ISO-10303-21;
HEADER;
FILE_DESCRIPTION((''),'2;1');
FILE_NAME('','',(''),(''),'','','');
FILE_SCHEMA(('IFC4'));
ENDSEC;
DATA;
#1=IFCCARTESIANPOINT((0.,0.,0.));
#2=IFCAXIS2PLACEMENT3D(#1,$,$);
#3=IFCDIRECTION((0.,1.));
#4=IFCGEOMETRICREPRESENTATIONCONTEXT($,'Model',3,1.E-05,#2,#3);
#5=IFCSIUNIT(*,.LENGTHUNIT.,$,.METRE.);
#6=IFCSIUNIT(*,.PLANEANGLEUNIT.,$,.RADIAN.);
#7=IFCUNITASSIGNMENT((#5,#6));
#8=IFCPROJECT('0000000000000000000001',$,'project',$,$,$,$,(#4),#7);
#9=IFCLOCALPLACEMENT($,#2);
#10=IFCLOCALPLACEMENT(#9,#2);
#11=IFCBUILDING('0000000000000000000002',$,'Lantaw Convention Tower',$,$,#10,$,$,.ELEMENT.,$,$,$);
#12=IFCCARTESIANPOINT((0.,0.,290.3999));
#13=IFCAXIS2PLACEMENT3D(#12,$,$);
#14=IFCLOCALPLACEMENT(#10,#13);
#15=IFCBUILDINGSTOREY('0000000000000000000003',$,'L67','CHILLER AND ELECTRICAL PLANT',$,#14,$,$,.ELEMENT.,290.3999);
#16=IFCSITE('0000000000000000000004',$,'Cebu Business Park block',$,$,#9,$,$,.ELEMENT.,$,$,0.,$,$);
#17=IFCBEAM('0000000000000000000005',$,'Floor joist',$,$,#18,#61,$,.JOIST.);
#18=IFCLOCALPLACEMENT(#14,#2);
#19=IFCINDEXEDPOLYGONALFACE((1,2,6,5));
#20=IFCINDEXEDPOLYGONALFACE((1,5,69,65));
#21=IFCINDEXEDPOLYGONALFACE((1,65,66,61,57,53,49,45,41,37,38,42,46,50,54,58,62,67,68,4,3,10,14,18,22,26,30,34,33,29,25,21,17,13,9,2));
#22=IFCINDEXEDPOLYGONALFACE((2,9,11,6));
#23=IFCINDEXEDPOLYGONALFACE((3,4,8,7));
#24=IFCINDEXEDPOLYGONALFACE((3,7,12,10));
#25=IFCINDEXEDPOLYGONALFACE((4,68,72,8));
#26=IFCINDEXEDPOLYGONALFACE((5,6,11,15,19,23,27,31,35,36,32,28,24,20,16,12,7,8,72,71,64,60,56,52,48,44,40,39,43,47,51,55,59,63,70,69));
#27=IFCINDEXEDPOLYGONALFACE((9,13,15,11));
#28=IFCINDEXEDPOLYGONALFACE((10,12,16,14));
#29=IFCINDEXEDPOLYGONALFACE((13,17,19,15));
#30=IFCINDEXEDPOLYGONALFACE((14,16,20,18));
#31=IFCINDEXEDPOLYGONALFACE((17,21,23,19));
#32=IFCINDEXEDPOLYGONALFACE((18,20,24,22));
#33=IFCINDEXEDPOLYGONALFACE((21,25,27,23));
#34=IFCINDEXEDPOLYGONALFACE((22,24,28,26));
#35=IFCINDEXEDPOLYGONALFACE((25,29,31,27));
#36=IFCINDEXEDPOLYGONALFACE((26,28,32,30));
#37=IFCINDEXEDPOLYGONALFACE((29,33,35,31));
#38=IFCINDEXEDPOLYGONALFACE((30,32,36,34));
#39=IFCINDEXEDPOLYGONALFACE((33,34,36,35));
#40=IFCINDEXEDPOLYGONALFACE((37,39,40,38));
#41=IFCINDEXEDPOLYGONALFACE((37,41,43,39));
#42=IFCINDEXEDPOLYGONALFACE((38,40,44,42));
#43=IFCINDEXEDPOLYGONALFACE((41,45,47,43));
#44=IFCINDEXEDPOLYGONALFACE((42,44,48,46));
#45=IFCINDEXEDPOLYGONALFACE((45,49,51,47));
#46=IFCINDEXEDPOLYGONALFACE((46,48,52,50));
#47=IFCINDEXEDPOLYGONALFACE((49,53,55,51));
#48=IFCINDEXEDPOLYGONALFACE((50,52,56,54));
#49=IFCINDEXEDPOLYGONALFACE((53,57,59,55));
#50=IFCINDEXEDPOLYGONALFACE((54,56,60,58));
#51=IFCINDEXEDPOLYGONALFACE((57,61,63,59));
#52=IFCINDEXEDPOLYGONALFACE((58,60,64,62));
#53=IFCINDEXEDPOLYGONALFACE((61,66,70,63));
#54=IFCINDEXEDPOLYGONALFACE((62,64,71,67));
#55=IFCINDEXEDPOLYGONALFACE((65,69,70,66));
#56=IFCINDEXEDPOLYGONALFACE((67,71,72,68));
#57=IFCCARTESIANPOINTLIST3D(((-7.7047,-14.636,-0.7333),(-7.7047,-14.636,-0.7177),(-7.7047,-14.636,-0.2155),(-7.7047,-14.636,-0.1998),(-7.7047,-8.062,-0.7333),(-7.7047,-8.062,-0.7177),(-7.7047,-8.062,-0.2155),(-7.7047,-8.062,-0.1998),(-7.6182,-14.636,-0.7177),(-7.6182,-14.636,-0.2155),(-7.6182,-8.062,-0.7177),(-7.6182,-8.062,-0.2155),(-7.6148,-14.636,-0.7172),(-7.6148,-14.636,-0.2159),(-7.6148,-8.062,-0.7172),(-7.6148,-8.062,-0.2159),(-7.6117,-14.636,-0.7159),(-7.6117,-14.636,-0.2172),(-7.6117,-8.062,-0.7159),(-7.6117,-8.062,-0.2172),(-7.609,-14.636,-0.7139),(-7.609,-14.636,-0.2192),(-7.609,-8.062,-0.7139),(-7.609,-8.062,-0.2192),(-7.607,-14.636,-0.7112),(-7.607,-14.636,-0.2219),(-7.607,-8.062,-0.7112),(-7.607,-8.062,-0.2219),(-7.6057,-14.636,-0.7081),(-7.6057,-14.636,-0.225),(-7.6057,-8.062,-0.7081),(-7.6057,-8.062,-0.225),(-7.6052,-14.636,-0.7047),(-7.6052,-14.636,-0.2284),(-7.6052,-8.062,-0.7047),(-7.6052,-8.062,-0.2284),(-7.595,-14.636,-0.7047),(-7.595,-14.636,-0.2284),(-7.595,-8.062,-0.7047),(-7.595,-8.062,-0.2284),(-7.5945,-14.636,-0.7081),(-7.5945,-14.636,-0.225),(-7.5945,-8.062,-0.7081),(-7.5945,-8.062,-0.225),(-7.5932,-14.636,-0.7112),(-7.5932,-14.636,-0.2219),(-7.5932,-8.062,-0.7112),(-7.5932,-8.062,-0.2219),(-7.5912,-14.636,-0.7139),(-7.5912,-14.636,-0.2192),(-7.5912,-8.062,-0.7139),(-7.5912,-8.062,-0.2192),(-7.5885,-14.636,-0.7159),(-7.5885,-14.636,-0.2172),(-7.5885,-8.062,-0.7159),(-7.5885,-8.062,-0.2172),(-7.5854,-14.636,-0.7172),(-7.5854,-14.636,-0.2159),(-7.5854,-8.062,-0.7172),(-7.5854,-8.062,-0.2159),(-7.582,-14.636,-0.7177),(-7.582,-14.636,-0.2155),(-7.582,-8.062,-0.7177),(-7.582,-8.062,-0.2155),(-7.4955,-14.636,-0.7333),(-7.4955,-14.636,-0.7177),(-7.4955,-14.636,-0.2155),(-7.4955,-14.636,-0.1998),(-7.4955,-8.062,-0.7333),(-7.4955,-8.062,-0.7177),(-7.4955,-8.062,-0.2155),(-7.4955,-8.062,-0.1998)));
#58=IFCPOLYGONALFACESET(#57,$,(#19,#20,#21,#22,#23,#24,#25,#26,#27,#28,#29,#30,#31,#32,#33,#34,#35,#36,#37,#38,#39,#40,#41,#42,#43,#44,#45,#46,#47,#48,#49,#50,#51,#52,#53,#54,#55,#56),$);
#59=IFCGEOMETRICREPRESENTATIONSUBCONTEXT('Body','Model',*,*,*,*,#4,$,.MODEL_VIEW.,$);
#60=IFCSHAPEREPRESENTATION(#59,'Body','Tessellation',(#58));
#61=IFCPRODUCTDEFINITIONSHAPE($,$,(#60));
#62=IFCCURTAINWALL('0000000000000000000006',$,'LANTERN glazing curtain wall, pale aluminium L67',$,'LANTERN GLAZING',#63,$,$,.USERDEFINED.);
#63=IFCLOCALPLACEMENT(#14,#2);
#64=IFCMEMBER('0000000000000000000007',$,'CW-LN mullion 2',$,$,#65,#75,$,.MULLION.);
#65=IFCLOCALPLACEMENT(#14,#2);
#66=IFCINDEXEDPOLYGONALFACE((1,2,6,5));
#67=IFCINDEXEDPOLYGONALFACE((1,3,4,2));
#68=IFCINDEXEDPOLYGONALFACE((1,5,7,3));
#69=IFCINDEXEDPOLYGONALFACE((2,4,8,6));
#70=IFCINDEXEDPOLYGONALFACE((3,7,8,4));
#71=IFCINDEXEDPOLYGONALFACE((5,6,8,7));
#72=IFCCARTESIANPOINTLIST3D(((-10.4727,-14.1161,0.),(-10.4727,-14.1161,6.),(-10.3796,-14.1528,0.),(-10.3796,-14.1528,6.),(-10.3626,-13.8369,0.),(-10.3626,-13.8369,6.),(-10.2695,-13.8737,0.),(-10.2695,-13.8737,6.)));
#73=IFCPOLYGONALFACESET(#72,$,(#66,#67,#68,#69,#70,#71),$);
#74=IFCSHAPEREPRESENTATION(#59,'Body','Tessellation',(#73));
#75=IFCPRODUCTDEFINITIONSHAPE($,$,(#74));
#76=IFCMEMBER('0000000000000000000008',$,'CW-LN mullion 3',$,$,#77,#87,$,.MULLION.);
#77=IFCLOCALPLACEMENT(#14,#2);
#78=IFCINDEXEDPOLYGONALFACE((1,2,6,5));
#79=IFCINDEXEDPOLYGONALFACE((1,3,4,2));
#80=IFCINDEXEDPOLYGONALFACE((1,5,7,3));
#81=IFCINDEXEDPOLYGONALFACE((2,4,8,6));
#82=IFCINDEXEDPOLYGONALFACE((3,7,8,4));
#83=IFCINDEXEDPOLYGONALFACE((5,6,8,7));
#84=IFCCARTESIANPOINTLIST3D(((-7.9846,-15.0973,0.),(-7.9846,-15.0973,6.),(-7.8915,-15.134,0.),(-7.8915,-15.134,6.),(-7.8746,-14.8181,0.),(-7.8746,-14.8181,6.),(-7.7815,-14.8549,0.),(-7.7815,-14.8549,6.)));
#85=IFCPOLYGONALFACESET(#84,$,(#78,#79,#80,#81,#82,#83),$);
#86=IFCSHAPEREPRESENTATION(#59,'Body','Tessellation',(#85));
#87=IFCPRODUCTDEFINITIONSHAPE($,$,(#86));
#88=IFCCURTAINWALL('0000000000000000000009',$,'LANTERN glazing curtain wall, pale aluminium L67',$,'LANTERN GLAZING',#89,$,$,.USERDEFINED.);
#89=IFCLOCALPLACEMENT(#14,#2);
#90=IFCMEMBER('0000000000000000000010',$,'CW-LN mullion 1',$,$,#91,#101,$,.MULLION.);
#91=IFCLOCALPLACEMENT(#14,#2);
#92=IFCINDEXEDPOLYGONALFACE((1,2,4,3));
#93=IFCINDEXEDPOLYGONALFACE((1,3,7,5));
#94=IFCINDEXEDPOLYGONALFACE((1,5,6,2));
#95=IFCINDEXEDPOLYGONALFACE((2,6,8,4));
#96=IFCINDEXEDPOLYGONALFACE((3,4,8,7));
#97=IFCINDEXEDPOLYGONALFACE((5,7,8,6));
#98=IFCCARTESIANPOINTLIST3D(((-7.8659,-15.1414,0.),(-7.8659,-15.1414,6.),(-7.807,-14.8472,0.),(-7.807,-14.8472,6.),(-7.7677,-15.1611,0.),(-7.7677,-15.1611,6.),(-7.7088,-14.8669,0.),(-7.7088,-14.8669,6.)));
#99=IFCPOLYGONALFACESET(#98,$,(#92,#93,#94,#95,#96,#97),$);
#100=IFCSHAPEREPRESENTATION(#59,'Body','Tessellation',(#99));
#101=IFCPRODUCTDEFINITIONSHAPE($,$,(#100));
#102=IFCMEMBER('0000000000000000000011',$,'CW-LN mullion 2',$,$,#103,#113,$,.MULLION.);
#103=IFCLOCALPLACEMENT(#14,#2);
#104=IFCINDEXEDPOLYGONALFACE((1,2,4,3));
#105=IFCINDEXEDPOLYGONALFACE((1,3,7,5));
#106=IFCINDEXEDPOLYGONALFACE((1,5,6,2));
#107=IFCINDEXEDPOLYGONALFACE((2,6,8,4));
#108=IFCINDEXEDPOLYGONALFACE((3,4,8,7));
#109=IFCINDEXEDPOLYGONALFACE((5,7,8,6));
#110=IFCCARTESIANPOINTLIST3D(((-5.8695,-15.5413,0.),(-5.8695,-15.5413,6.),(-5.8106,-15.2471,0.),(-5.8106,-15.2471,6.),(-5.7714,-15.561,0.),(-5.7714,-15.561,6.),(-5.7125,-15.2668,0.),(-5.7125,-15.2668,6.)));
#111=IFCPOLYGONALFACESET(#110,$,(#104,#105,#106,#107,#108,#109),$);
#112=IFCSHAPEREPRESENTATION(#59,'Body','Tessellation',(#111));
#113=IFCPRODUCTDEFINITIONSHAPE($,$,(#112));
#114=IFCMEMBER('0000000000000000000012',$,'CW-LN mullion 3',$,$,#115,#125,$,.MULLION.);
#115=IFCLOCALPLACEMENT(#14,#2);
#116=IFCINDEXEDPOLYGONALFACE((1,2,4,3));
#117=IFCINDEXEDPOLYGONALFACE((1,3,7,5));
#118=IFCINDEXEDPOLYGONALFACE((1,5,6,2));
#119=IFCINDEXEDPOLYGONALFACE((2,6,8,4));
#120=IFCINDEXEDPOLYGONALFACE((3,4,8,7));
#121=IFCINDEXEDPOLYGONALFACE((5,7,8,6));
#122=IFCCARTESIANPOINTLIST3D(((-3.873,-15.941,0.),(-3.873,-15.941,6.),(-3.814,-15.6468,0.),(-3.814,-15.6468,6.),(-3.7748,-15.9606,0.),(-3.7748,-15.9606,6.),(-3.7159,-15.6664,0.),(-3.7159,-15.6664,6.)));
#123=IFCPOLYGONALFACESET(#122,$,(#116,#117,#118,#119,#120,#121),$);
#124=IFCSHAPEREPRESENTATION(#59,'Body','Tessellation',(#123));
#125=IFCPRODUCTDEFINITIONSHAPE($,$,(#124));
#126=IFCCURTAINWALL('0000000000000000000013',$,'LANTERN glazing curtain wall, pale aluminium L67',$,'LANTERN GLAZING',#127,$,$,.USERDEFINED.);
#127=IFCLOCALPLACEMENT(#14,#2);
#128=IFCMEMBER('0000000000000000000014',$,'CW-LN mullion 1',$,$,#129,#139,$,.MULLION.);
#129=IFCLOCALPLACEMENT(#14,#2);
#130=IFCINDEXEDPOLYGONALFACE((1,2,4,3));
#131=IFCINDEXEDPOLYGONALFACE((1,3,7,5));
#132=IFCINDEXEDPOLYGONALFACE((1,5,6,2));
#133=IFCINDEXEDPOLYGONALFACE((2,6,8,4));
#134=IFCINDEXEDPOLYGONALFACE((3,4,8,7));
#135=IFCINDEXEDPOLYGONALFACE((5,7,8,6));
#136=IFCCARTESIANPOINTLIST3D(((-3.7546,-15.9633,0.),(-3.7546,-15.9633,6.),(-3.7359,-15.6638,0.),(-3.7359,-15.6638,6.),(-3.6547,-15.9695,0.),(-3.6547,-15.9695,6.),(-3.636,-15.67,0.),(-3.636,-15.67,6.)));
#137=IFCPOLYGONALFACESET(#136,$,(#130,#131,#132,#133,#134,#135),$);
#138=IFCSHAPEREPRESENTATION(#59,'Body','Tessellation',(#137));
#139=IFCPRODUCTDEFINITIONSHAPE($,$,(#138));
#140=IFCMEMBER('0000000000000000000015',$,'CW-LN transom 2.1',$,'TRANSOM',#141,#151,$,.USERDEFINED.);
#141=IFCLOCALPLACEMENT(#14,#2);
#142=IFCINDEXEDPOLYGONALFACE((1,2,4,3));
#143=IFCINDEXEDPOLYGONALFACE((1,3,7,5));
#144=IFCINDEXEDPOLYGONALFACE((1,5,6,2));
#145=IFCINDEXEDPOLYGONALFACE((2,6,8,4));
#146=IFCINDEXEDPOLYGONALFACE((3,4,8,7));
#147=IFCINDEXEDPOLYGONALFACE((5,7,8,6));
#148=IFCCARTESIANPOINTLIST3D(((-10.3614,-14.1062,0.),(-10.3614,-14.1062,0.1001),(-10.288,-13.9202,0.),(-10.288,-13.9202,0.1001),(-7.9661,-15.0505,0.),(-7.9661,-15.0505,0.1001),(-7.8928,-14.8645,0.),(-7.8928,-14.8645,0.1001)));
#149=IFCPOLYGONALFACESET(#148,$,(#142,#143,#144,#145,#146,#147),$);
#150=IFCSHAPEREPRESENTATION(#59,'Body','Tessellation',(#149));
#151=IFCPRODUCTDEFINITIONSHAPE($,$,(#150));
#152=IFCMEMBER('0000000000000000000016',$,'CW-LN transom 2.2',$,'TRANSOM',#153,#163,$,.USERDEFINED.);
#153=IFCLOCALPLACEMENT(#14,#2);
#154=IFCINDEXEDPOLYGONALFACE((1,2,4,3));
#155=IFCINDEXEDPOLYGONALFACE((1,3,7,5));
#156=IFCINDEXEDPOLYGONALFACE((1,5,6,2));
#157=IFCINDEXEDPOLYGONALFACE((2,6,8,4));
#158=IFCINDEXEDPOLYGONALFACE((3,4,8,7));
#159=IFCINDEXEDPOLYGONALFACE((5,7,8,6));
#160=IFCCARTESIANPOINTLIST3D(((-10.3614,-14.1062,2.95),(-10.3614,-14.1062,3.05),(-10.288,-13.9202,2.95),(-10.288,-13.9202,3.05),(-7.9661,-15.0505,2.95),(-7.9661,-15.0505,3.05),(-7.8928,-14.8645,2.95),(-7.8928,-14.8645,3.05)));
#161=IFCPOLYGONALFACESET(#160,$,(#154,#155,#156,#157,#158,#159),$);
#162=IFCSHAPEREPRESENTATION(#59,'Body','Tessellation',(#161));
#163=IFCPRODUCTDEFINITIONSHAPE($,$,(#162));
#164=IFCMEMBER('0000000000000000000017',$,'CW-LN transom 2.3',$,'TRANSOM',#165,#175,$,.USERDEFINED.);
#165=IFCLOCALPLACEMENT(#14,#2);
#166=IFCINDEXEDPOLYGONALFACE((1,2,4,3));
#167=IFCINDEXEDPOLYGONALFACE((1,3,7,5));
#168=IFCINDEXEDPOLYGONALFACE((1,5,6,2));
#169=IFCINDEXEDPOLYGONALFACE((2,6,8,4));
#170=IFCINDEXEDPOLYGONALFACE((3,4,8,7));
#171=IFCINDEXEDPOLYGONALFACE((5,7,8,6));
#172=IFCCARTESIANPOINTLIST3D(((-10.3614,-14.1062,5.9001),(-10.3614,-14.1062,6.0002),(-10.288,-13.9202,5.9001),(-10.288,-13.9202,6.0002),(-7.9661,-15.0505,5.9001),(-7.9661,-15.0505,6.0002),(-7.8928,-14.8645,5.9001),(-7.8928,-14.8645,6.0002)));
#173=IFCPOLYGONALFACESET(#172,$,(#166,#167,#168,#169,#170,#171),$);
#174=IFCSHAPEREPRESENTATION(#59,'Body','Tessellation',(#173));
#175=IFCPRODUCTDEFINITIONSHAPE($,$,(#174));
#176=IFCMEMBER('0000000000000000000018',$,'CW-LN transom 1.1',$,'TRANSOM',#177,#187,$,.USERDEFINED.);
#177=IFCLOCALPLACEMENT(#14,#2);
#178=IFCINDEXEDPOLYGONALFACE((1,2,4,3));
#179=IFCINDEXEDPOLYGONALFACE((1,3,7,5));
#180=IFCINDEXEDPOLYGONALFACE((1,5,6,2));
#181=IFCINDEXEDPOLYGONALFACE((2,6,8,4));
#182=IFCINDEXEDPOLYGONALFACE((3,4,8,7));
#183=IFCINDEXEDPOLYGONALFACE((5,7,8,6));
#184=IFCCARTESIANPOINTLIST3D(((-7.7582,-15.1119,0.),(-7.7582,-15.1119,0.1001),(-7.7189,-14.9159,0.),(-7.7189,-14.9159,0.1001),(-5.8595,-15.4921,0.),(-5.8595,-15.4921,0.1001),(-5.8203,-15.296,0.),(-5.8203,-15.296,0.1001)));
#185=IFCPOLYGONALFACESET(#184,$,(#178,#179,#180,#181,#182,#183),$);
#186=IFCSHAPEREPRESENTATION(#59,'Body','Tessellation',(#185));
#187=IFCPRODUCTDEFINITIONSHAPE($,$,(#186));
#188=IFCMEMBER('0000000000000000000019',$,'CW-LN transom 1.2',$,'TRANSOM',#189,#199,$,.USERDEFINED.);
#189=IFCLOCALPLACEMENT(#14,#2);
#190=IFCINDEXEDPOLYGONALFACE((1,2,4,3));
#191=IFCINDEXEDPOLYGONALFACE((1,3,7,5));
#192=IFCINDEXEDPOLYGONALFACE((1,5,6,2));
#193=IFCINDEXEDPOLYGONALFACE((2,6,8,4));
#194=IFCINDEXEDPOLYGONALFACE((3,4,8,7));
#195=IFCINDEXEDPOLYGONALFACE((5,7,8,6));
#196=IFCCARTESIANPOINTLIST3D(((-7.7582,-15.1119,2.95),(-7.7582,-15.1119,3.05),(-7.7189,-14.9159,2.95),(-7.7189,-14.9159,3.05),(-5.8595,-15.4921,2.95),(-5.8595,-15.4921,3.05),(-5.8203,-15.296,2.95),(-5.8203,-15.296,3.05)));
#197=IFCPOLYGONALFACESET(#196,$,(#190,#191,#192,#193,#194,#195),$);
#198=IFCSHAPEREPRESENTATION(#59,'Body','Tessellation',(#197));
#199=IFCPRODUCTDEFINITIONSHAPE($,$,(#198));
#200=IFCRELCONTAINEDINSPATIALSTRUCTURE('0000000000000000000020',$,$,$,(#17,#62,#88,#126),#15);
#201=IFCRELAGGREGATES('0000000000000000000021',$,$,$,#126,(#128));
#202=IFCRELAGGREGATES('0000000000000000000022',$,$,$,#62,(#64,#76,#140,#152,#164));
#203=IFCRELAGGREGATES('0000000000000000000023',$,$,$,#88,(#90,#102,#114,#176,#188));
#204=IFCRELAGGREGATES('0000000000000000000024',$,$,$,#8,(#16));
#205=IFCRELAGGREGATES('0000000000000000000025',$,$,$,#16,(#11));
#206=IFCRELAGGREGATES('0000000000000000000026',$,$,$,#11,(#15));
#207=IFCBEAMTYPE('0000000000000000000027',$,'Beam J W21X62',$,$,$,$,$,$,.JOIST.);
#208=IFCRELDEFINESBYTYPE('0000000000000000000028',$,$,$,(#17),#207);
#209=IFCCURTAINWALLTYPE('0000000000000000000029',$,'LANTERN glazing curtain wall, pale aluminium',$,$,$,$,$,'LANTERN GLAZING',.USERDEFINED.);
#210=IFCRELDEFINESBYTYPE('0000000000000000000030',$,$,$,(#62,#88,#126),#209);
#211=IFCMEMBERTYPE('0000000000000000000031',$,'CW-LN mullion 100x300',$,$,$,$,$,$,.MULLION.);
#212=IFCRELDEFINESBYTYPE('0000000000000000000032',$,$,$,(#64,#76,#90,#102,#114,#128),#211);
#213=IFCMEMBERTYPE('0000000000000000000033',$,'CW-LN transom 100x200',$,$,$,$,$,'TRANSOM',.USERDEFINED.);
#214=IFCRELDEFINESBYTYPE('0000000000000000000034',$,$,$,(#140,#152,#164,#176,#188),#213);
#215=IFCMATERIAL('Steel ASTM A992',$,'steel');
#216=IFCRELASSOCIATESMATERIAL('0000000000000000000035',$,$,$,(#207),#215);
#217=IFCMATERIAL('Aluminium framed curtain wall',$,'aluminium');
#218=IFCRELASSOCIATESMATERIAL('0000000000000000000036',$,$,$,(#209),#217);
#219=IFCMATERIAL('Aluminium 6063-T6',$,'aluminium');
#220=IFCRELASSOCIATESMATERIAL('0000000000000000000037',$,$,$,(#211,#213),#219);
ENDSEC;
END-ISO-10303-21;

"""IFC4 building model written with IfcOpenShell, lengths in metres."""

from ifc_helpers import new_model, si_unit, direction, frame, origin, origin_2d, place, context, subcontext, project, spatial, rectangle, i_section, extrude, material, material_profile, profile_set, type_object, element, aggregate, save


model = new_model("IFC4")

# Units and contexts
model_context = context("Model", 3, precision=1e-05, world=origin(), true_north=direction((0.0, 1.0)))
body_context = subcontext(model_context, "Body", "Model", "MODEL_VIEW")
ifc_project = project(units=[si_unit("LENGTHUNIT", "METRE"), si_unit("PLANEANGLEUNIT", "RADIAN")], contexts=[model_context])

# Site, building, storey
site_placement = place(None, origin())
site = spatial("IfcSite", under=ifc_project, at=site_placement, Name="Cebu Business Park block", CompositionType="ELEMENT", RefElevation=0.0)
building_placement = place(site_placement, origin())
building = spatial("IfcBuilding", under=site, at=building_placement, Name="Lantaw Convention Tower", CompositionType="ELEMENT")
storey_placement = place(building_placement, frame((0.0, 0.0, 290.3999)))
storey = spatial("IfcBuildingStorey", under=building, at=storey_placement, Name="L67", Description="CHILLER AND ELECTRICAL PLANT", CompositionType="ELEMENT", Elevation=290.3999)

# Beam
ifc_material_1 = material(Name="Steel ASTM A992", Category="steel")
ifc_material_profile_1 = material_profile(ifc_material_1, i_section(OverallWidth=0.2092, OverallDepth=0.5334, WebThickness=0.0103, FlangeThickness=0.0156, FilletRadius=0.0129, at=origin_2d()), Name="W21X62")
ifc_profile_set_1 = profile_set([ifc_material_profile_1], Name="Steel ASTM A992")
beam_type = type_object("IfcBeamType", Name="Beam J W21X62", PredefinedType="JOIST", material=ifc_profile_set_1)
beam_placement = place(storey_placement, frame((-7.6001, -14.636, -0.4666), z_axis=(0.0, 1.0, 0.0), x_axis=(-1.0, 0.0, 0.0)))
element("IfcBeam", 1, at=beam_placement, inside=storey, type_object=beam_type, Name="Floor joist", PredefinedType="JOIST", context=body_context, shape_type="SweptSolid", body=[
    extrude(i_section(OverallWidth=0.2092, OverallDepth=0.5334, WebThickness=0.0103, FlangeThickness=0.0156, FilletRadius=0.0129, at=origin_2d()), origin(), (0.0, 0.0, 1.0), 6.574),
])

# Curtain walls, members
ifc_material_2 = material(Name="Aluminium framed curtain wall", Category="aluminium")
curtain_wall_type = type_object("IfcCurtainWallType", Name="LANTERN glazing curtain wall, pale aluminium", ElementType="LANTERN GLAZING", PredefinedType="USERDEFINED", material=ifc_material_2)
curtain_wall_1_placement = place(storey_placement, origin())
curtain_wall_1 = element("IfcCurtainWall", 2, at=curtain_wall_1_placement, inside=storey, type_object=curtain_wall_type, Name="LANTERN glazing curtain wall, pale aluminium L67", ObjectType="LANTERN GLAZING", PredefinedType="USERDEFINED")
ifc_material_3 = material(Name="Aluminium 6063-T6", Category="aluminium")
ifc_material_profile_2 = material_profile(ifc_material_3, rectangle(XDim=0.3, YDim=0.1001, at=origin_2d()), Name="CW-LN mullion 100x300")
ifc_profile_set_2 = profile_set([ifc_material_profile_2], Name="Aluminium 6063-T6")
member_type_1 = type_object("IfcMemberType", Name="CW-LN mullion 100x300", PredefinedType="MULLION", material=ifc_profile_set_2)
member_1_placement = place(storey_placement, frame((-10.3711, -13.9949, 0.0), z_axis=(0.0, 0.0, 1.0), x_axis=(0.366802, 0.930299, 0.0)))
member_1 = element("IfcMember", 3, at=member_1_placement, type_object=member_type_1, Name="CW-LN mullion 2", PredefinedType="MULLION", context=body_context, shape_type="SweptSolid", body=[
    extrude(rectangle(XDim=0.3, YDim=0.1001, at=origin_2d()), origin(), (0.0, 0.0, 1.0), 6.0),
])
member_2_placement = place(storey_placement, frame((-7.8831, -14.9761, 0.0), z_axis=(0.0, 0.0, 1.0), x_axis=(0.366802, 0.930299, 0.0)))
member_2 = element("IfcMember", 4, at=member_2_placement, type_object=member_type_1, Name="CW-LN mullion 3", PredefinedType="MULLION", context=body_context, shape_type="SweptSolid", body=[
    extrude(rectangle(XDim=0.3, YDim=0.1001, at=origin_2d()), origin(), (0.0, 0.0, 1.0), 6.0),
])
curtain_wall_2_placement = place(storey_placement, origin())
curtain_wall_2 = element("IfcCurtainWall", 5, at=curtain_wall_2_placement, inside=storey, type_object=curtain_wall_type, Name="LANTERN glazing curtain wall, pale aluminium L67", ObjectType="LANTERN GLAZING", PredefinedType="USERDEFINED")
member_3_placement = place(storey_placement, frame((-7.7874, -15.0042, 0.0), z_axis=(0.0, 0.0, 1.0), x_axis=(0.196367, 0.98053, 0.0)))
member_3 = element("IfcMember", 6, at=member_3_placement, type_object=member_type_1, Name="CW-LN mullion 1", PredefinedType="MULLION", context=body_context, shape_type="SweptSolid", body=[
    extrude(rectangle(XDim=0.3, YDim=0.1001, at=origin_2d()), origin(), (0.0, 0.0, 1.0), 6.0),
])
member_4_placement = place(storey_placement, frame((-5.791, -15.4041, 0.0), z_axis=(0.0, 0.0, 1.0), x_axis=(0.196367, 0.98053, 0.0)))
member_4 = element("IfcMember", 7, at=member_4_placement, type_object=member_type_1, Name="CW-LN mullion 2", PredefinedType="MULLION", context=body_context, shape_type="SweptSolid", body=[
    extrude(rectangle(XDim=0.3, YDim=0.1001, at=origin_2d()), origin(), (0.0, 0.0, 1.0), 6.0),
])
member_5_placement = place(storey_placement, frame((-3.7944, -15.8037, 0.0), z_axis=(0.0, 0.0, 1.0), x_axis=(0.196367, 0.98053, 0.0)))
member_5 = element("IfcMember", 8, at=member_5_placement, type_object=member_type_1, Name="CW-LN mullion 3", PredefinedType="MULLION", context=body_context, shape_type="SweptSolid", body=[
    extrude(rectangle(XDim=0.3, YDim=0.1001, at=origin_2d()), origin(), (0.0, 0.0, 1.0), 6.0),
])

# Curtain wall, member
curtain_wall_3_placement = place(storey_placement, origin())
curtain_wall_3 = element("IfcCurtainWall", 9, at=curtain_wall_3_placement, inside=storey, type_object=curtain_wall_type, Name="LANTERN glazing curtain wall, pale aluminium L67", ObjectType="LANTERN GLAZING", PredefinedType="USERDEFINED")
member_6_placement = place(storey_placement, frame((-3.6953, -15.8167, 0.0), z_axis=(0.0, 0.0, 1.0), x_axis=(0.062489, 0.998046, 0.0)))
member_6 = element("IfcMember", 10, at=member_6_placement, type_object=member_type_1, Name="CW-LN mullion 1", PredefinedType="MULLION", context=body_context, shape_type="SweptSolid", body=[
    extrude(rectangle(XDim=0.3, YDim=0.1001, at=origin_2d()), origin(), (0.0, 0.0, 1.0), 6.0),
])

# Members
ifc_material_profile_3 = material_profile(ifc_material_3, rectangle(XDim=0.2, YDim=0.1001, at=origin_2d()), Name="CW-LN transom 100x200")
ifc_profile_set_3 = profile_set([ifc_material_profile_3], Name="Aluminium 6063-T6")
member_type_2 = type_object("IfcMemberType", Name="CW-LN transom 100x200", ElementType="TRANSOM", PredefinedType="USERDEFINED", material=ifc_profile_set_3)
member_7_placement = place(storey_placement, frame((-10.3247, -14.0132, 0.05), z_axis=(0.930309, -0.366776, 0.0), x_axis=(0.366776, 0.930309, 0.0)))
member_7 = element("IfcMember", 11, at=member_7_placement, type_object=member_type_2, Name="CW-LN transom 2.1", ObjectType="TRANSOM", PredefinedType="USERDEFINED", context=body_context, shape_type="SweptSolid", body=[
    extrude(rectangle(XDim=0.2, YDim=0.1001, at=origin_2d()), origin(), (0.0, 0.0, 1.0), 2.5747),
])
member_8_placement = place(storey_placement, frame((-10.3247, -14.0132, 3.0), z_axis=(0.930309, -0.366776, 0.0), x_axis=(0.366776, 0.930309, 0.0)))
member_8 = element("IfcMember", 12, at=member_8_placement, type_object=member_type_2, Name="CW-LN transom 2.2", ObjectType="TRANSOM", PredefinedType="USERDEFINED", context=body_context, shape_type="SweptSolid", body=[
    extrude(rectangle(XDim=0.2, YDim=0.1001, at=origin_2d()), origin(), (0.0, 0.0, 1.0), 2.5747),
])
member_9_placement = place(storey_placement, frame((-10.3247, -14.0132, 5.9502), z_axis=(0.930309, -0.366776, 0.0), x_axis=(0.366776, 0.930309, 0.0)))
member_9 = element("IfcMember", 13, at=member_9_placement, type_object=member_type_2, Name="CW-LN transom 2.3", ObjectType="TRANSOM", PredefinedType="USERDEFINED", context=body_context, shape_type="SweptSolid", body=[
    extrude(rectangle(XDim=0.2, YDim=0.1001, at=origin_2d()), origin(), (0.0, 0.0, 1.0), 2.5747),
])
member_10_placement = place(storey_placement, frame((-7.7385, -15.0139, 0.05), z_axis=(0.980542, -0.19631, 0.0), x_axis=(0.19631, 0.980542, 0.0)))
member_10 = element("IfcMember", 14, at=member_10_placement, type_object=member_type_2, Name="CW-LN transom 1.1", ObjectType="TRANSOM", PredefinedType="USERDEFINED", context=body_context, shape_type="SweptSolid", body=[
    extrude(rectangle(XDim=0.2, YDim=0.1001, at=origin_2d()), origin(), (0.0, 0.0, 1.0), 1.9363),
])
member_11_placement = place(storey_placement, frame((-7.7385, -15.0139, 3.0), z_axis=(0.980542, -0.19631, 0.0), x_axis=(0.19631, 0.980542, 0.0)))
member_11 = element("IfcMember", 15, at=member_11_placement, type_object=member_type_2, Name="CW-LN transom 1.2", ObjectType="TRANSOM", PredefinedType="USERDEFINED", context=body_context, shape_type="SweptSolid", body=[
    extrude(rectangle(XDim=0.2, YDim=0.1001, at=origin_2d()), origin(), (0.0, 0.0, 1.0), 1.9363),
])
aggregate(curtain_wall_3, [member_6])

aggregate(curtain_wall_1, [member_1, member_2, member_7, member_8, member_9])
aggregate(curtain_wall_2, [member_3, member_4, member_5, member_10, member_11])

save(model, "model.ifc")
